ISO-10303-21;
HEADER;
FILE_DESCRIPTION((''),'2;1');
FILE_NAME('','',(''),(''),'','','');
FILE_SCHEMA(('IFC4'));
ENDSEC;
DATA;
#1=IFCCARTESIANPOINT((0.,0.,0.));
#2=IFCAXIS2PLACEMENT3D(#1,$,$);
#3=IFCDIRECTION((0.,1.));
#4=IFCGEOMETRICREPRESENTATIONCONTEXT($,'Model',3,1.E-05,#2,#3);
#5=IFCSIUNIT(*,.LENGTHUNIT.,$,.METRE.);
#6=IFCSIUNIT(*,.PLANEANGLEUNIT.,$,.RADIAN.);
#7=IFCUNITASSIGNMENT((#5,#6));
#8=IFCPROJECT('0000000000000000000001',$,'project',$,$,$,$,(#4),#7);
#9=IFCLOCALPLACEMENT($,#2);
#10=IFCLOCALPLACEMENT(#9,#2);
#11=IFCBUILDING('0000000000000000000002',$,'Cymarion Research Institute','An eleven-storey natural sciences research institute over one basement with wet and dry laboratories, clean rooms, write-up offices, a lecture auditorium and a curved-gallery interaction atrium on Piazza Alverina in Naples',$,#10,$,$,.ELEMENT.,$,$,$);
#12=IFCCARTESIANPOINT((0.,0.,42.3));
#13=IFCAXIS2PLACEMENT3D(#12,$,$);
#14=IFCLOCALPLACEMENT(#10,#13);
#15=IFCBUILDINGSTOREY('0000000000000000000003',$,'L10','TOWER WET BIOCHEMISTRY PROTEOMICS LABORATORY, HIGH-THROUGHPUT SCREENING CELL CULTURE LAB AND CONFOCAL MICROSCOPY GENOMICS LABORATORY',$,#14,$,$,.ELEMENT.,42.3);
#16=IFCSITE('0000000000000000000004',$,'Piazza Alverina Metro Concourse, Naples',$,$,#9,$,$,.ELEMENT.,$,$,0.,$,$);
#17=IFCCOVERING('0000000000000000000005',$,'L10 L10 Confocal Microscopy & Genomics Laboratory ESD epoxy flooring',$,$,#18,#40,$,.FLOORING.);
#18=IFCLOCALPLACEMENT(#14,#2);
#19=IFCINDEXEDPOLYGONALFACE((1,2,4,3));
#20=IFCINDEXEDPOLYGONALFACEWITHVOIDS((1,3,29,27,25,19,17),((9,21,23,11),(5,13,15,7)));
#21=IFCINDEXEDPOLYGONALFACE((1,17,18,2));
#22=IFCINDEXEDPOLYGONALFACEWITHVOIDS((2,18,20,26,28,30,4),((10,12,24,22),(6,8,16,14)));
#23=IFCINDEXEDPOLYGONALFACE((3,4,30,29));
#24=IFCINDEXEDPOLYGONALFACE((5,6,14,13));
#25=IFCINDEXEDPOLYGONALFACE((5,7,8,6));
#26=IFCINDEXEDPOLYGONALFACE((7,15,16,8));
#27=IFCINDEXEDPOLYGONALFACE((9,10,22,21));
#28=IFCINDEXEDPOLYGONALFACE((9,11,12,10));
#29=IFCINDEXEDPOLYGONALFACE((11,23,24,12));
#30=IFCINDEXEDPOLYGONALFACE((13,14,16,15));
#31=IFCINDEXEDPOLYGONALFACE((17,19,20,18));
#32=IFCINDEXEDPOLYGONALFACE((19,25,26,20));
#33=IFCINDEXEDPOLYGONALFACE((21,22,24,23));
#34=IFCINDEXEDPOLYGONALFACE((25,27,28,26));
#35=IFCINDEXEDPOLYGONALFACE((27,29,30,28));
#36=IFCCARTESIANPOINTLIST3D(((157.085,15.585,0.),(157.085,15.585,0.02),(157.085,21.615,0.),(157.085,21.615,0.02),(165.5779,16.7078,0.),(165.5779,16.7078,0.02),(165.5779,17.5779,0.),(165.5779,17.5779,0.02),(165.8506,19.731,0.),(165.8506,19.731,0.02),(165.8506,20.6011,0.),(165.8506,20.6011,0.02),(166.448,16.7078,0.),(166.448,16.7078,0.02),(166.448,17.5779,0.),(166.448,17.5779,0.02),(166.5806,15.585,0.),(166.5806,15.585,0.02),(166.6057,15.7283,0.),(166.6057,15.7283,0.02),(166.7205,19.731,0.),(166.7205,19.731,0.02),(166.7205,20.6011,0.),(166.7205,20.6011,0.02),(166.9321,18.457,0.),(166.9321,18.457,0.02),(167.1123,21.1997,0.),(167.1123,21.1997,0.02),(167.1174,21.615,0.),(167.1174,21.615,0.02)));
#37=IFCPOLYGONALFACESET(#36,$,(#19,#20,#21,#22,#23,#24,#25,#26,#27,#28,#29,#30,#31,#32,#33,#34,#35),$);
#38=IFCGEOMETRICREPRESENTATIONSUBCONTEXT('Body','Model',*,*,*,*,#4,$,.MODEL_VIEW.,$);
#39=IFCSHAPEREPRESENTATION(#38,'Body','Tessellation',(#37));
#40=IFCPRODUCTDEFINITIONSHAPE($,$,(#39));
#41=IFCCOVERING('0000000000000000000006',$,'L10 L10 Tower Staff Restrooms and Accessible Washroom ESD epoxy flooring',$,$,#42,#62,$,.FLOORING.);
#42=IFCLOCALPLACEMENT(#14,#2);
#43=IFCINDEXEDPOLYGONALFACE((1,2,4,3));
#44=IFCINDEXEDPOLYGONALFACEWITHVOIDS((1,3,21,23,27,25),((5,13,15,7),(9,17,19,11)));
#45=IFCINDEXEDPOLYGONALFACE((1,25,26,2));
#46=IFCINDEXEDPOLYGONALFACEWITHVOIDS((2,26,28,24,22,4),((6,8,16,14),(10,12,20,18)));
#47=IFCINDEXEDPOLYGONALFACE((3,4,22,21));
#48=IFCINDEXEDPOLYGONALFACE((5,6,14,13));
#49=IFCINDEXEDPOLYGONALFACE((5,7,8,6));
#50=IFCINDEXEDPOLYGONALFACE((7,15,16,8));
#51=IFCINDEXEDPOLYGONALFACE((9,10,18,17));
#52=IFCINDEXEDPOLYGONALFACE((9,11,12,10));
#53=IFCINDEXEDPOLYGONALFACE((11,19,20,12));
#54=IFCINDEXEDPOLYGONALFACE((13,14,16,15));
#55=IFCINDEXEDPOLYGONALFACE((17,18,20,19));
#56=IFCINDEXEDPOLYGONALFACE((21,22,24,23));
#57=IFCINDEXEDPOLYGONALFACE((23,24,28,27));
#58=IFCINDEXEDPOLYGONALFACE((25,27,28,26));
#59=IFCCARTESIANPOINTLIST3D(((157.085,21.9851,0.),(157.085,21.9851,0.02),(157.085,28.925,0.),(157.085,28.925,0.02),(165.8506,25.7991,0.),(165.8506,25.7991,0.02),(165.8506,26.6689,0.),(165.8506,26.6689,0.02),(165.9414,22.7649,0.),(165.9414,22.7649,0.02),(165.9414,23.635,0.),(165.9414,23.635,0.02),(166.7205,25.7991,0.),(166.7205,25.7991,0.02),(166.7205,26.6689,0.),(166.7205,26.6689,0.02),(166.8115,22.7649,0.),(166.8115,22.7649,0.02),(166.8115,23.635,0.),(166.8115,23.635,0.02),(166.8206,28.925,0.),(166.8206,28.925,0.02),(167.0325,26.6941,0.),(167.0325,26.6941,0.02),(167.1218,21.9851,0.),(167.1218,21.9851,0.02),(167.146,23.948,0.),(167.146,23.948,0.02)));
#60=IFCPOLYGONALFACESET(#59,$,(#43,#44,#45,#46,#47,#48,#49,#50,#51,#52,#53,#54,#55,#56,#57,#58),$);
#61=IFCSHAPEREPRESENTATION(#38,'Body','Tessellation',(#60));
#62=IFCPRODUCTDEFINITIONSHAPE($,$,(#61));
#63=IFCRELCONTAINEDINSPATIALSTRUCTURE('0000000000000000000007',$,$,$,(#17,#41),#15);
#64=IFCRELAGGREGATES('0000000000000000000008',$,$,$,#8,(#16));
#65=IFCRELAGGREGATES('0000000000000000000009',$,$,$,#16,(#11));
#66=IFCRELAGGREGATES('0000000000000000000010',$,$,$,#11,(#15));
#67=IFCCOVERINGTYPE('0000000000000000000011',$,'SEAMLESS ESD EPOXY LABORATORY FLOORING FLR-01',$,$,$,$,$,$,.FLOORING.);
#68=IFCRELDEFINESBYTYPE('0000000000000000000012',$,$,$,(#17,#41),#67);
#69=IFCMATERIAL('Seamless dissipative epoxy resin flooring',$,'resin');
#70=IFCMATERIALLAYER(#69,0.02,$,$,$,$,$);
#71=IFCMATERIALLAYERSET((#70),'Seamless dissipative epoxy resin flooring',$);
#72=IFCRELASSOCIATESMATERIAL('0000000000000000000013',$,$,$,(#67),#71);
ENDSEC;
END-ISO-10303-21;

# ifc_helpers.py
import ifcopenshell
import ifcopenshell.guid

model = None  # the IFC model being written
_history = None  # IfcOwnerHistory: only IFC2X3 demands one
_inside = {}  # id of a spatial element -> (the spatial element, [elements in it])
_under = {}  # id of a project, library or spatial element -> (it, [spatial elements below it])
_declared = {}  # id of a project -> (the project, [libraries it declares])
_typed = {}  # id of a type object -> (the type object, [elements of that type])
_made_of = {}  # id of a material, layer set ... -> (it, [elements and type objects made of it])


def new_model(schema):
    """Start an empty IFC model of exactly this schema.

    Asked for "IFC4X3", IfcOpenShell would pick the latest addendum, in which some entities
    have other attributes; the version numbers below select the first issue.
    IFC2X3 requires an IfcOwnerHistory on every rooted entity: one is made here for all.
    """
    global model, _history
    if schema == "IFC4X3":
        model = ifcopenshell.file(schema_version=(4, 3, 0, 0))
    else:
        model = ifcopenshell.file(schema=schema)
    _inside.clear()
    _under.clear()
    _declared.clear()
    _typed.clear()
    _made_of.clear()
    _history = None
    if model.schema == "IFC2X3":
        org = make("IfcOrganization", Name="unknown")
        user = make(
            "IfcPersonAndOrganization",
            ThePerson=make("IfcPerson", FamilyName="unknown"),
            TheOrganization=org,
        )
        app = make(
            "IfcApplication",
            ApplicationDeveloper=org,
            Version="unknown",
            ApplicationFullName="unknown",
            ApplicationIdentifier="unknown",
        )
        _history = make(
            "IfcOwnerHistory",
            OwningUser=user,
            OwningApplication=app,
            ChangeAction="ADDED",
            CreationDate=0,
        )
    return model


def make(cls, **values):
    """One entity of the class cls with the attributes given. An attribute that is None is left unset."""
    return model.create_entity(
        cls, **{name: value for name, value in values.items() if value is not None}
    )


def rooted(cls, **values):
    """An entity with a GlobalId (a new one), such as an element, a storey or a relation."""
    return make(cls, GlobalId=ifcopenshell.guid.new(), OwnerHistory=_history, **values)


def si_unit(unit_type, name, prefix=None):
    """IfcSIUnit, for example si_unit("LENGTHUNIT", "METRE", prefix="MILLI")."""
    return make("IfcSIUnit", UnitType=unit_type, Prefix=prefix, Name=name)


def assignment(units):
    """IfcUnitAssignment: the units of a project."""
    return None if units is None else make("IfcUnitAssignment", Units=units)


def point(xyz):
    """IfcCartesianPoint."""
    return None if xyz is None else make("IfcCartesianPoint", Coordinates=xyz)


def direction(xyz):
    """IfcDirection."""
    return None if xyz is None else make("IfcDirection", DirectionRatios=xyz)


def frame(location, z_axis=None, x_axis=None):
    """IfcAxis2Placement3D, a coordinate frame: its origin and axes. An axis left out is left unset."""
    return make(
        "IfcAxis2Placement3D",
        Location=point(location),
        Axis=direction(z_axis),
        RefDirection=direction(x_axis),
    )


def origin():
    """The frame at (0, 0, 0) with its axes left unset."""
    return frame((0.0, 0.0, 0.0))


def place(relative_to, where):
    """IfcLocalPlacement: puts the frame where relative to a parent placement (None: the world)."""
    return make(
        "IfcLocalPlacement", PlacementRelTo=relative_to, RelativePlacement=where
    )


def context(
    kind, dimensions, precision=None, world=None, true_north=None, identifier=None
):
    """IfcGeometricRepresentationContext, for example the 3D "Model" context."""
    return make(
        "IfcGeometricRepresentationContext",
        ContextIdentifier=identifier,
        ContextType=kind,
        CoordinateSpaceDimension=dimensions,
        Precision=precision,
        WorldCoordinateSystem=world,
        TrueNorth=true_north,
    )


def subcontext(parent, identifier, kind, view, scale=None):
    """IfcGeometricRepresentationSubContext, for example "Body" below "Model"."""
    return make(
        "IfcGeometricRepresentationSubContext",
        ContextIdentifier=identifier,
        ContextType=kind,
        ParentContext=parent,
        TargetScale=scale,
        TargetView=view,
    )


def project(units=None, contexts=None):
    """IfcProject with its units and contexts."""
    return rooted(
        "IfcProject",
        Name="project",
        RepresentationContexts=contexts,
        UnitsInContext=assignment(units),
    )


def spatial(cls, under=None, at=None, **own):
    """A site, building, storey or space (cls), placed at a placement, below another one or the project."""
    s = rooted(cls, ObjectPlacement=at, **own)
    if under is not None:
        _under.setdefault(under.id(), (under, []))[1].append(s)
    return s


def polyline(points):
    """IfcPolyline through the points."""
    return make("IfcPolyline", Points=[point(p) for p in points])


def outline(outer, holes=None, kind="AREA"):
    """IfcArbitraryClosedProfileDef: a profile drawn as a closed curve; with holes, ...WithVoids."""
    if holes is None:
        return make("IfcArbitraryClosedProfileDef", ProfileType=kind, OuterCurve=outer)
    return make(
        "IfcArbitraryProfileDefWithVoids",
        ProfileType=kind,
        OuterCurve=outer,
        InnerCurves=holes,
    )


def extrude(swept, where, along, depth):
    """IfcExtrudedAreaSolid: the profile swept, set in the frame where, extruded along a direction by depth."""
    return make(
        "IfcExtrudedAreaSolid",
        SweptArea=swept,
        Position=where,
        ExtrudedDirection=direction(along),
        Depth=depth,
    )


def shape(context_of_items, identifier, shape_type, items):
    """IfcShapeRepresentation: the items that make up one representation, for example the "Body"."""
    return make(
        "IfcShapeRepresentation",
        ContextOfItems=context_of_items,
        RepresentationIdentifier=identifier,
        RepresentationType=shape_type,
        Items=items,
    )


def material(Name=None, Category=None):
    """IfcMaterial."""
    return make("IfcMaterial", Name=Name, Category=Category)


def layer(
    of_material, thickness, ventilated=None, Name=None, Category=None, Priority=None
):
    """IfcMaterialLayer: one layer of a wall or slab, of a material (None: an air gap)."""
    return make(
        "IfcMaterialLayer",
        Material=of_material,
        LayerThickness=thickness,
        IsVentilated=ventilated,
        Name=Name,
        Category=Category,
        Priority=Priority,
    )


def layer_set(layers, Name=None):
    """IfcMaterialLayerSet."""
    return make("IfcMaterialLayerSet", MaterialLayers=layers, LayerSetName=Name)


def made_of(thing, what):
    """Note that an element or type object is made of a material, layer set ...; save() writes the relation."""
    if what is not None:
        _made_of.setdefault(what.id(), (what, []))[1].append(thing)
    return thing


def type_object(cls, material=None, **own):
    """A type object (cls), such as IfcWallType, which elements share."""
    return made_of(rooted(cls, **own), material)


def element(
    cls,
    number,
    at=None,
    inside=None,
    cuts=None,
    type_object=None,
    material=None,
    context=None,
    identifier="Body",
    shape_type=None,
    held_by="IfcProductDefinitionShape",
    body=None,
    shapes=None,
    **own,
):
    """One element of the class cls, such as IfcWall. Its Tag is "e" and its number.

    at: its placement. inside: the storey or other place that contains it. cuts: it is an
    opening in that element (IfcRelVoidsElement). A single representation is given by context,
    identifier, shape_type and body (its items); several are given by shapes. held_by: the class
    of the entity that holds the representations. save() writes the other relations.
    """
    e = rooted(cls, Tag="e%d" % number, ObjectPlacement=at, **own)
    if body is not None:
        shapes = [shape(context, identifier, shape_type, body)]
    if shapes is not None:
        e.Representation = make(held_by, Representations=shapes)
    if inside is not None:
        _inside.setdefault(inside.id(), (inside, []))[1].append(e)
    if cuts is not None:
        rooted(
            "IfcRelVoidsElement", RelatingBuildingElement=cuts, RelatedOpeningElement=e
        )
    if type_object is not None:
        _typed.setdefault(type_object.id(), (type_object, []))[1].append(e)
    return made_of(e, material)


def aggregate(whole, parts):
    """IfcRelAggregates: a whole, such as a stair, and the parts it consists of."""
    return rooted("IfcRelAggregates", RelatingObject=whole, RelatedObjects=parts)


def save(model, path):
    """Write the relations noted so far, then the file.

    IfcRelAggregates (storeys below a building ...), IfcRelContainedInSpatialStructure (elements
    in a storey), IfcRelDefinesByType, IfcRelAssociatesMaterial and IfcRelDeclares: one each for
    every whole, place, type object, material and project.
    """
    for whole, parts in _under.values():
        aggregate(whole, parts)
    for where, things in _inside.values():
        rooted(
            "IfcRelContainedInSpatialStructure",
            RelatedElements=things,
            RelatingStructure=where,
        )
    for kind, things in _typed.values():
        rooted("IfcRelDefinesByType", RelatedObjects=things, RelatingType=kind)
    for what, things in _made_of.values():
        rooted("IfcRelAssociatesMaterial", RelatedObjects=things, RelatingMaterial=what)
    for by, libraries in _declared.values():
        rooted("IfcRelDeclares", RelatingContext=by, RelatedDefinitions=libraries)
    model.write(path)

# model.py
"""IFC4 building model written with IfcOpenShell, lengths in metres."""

from ifc_helpers import new_model, si_unit, direction, frame, origin, place, context, subcontext, project, spatial, polyline, outline, extrude, material, layer, layer_set, type_object, element, save


model = new_model("IFC4")

# Units and contexts
model_context = context("Model", 3, precision=1e-05, world=origin(), true_north=direction((0.0, 1.0)))
body_context = subcontext(model_context, "Body", "Model", "MODEL_VIEW")
ifc_project = project(units=[si_unit("LENGTHUNIT", "METRE"), si_unit("PLANEANGLEUNIT", "RADIAN")], contexts=[model_context])

# Site, building, storey
site_placement = place(None, origin())
site = spatial("IfcSite", under=ifc_project, at=site_placement, Name="Piazza Alverina Metro Concourse, Naples", CompositionType="ELEMENT", RefElevation=0.0)
building_placement = place(site_placement, origin())
building = spatial("IfcBuilding", under=site, at=building_placement, Name="Cymarion Research Institute", Description="An eleven-storey natural sciences research institute over one basement with wet and dry laboratories, clean rooms, write-up offices, a lecture auditorium and a curved-gallery interaction atrium on Piazza Alverina in Naples", CompositionType="ELEMENT")
storey_placement = place(building_placement, frame((0.0, 0.0, 42.3)))
storey = spatial("IfcBuildingStorey", under=building, at=storey_placement, Name="L10", Description="TOWER WET BIOCHEMISTRY PROTEOMICS LABORATORY, HIGH-THROUGHPUT SCREENING CELL CULTURE LAB AND CONFOCAL MICROSCOPY GENOMICS LABORATORY", CompositionType="ELEMENT", Elevation=42.3)

# Coverings
ifc_material_1 = material(Name="Seamless dissipative epoxy resin flooring", Category="resin")
ifc_layer_1 = layer(ifc_material_1, 0.02)
ifc_layer_set_1 = layer_set([ifc_layer_1], Name="Seamless dissipative epoxy resin flooring")
covering_type_1 = type_object("IfcCoveringType", Name="SEAMLESS ESD EPOXY LABORATORY FLOORING FLR-01", PredefinedType="FLOORING", material=ifc_layer_set_1)
covering_1_placement = place(storey_placement, origin())
element("IfcCovering", 1, at=covering_1_placement, inside=storey, type_object=covering_type_1, Name="L10 L10 Confocal Microscopy & Genomics Laboratory ESD epoxy flooring", PredefinedType="FLOORING", context=body_context, shape_type="SweptSolid", body=[
    extrude(outline(polyline([(157.085, 21.615), (167.1174, 21.615), (167.1123, 21.1997), (166.9321, 18.457), (166.6057, 15.7283), (166.5806, 15.585), (157.085, 15.585), (157.085, 21.615)]), holes=[polyline([(166.7205, 19.731), (166.7205, 20.6011), (165.8506, 20.6011), (165.8506, 19.731), (166.7205, 19.731)]), polyline([(166.448, 16.7078), (166.448, 17.5779), (165.5779, 17.5779), (165.5779, 16.7078), (166.448, 16.7078)])]), origin(), (0.0, 0.0, 1.0), 0.02),
])
covering_2_placement = place(storey_placement, origin())
element("IfcCovering", 2, at=covering_2_placement, inside=storey, type_object=covering_type_1, Name="L10 L10 Tower Staff Restrooms and Accessible Washroom ESD epoxy flooring", PredefinedType="FLOORING", context=body_context, shape_type="SweptSolid", body=[
    extrude(outline(polyline([(167.0325, 26.6941), (167.146, 23.948), (167.1218, 21.9851), (157.085, 21.9851), (157.085, 28.925), (166.8206, 28.925), (167.0325, 26.6941)]), holes=[polyline([(166.8115, 22.7649), (166.8115, 23.635), (165.9414, 23.635), (165.9414, 22.7649), (166.8115, 22.7649)]), polyline([(166.7205, 25.7991), (166.7205, 26.6689), (165.8506, 26.6689), (165.8506, 25.7991), (166.7205, 25.7991)])]), origin(), (0.0, 0.0, 1.0), 0.02),
])

save(model, "model.ifc")
